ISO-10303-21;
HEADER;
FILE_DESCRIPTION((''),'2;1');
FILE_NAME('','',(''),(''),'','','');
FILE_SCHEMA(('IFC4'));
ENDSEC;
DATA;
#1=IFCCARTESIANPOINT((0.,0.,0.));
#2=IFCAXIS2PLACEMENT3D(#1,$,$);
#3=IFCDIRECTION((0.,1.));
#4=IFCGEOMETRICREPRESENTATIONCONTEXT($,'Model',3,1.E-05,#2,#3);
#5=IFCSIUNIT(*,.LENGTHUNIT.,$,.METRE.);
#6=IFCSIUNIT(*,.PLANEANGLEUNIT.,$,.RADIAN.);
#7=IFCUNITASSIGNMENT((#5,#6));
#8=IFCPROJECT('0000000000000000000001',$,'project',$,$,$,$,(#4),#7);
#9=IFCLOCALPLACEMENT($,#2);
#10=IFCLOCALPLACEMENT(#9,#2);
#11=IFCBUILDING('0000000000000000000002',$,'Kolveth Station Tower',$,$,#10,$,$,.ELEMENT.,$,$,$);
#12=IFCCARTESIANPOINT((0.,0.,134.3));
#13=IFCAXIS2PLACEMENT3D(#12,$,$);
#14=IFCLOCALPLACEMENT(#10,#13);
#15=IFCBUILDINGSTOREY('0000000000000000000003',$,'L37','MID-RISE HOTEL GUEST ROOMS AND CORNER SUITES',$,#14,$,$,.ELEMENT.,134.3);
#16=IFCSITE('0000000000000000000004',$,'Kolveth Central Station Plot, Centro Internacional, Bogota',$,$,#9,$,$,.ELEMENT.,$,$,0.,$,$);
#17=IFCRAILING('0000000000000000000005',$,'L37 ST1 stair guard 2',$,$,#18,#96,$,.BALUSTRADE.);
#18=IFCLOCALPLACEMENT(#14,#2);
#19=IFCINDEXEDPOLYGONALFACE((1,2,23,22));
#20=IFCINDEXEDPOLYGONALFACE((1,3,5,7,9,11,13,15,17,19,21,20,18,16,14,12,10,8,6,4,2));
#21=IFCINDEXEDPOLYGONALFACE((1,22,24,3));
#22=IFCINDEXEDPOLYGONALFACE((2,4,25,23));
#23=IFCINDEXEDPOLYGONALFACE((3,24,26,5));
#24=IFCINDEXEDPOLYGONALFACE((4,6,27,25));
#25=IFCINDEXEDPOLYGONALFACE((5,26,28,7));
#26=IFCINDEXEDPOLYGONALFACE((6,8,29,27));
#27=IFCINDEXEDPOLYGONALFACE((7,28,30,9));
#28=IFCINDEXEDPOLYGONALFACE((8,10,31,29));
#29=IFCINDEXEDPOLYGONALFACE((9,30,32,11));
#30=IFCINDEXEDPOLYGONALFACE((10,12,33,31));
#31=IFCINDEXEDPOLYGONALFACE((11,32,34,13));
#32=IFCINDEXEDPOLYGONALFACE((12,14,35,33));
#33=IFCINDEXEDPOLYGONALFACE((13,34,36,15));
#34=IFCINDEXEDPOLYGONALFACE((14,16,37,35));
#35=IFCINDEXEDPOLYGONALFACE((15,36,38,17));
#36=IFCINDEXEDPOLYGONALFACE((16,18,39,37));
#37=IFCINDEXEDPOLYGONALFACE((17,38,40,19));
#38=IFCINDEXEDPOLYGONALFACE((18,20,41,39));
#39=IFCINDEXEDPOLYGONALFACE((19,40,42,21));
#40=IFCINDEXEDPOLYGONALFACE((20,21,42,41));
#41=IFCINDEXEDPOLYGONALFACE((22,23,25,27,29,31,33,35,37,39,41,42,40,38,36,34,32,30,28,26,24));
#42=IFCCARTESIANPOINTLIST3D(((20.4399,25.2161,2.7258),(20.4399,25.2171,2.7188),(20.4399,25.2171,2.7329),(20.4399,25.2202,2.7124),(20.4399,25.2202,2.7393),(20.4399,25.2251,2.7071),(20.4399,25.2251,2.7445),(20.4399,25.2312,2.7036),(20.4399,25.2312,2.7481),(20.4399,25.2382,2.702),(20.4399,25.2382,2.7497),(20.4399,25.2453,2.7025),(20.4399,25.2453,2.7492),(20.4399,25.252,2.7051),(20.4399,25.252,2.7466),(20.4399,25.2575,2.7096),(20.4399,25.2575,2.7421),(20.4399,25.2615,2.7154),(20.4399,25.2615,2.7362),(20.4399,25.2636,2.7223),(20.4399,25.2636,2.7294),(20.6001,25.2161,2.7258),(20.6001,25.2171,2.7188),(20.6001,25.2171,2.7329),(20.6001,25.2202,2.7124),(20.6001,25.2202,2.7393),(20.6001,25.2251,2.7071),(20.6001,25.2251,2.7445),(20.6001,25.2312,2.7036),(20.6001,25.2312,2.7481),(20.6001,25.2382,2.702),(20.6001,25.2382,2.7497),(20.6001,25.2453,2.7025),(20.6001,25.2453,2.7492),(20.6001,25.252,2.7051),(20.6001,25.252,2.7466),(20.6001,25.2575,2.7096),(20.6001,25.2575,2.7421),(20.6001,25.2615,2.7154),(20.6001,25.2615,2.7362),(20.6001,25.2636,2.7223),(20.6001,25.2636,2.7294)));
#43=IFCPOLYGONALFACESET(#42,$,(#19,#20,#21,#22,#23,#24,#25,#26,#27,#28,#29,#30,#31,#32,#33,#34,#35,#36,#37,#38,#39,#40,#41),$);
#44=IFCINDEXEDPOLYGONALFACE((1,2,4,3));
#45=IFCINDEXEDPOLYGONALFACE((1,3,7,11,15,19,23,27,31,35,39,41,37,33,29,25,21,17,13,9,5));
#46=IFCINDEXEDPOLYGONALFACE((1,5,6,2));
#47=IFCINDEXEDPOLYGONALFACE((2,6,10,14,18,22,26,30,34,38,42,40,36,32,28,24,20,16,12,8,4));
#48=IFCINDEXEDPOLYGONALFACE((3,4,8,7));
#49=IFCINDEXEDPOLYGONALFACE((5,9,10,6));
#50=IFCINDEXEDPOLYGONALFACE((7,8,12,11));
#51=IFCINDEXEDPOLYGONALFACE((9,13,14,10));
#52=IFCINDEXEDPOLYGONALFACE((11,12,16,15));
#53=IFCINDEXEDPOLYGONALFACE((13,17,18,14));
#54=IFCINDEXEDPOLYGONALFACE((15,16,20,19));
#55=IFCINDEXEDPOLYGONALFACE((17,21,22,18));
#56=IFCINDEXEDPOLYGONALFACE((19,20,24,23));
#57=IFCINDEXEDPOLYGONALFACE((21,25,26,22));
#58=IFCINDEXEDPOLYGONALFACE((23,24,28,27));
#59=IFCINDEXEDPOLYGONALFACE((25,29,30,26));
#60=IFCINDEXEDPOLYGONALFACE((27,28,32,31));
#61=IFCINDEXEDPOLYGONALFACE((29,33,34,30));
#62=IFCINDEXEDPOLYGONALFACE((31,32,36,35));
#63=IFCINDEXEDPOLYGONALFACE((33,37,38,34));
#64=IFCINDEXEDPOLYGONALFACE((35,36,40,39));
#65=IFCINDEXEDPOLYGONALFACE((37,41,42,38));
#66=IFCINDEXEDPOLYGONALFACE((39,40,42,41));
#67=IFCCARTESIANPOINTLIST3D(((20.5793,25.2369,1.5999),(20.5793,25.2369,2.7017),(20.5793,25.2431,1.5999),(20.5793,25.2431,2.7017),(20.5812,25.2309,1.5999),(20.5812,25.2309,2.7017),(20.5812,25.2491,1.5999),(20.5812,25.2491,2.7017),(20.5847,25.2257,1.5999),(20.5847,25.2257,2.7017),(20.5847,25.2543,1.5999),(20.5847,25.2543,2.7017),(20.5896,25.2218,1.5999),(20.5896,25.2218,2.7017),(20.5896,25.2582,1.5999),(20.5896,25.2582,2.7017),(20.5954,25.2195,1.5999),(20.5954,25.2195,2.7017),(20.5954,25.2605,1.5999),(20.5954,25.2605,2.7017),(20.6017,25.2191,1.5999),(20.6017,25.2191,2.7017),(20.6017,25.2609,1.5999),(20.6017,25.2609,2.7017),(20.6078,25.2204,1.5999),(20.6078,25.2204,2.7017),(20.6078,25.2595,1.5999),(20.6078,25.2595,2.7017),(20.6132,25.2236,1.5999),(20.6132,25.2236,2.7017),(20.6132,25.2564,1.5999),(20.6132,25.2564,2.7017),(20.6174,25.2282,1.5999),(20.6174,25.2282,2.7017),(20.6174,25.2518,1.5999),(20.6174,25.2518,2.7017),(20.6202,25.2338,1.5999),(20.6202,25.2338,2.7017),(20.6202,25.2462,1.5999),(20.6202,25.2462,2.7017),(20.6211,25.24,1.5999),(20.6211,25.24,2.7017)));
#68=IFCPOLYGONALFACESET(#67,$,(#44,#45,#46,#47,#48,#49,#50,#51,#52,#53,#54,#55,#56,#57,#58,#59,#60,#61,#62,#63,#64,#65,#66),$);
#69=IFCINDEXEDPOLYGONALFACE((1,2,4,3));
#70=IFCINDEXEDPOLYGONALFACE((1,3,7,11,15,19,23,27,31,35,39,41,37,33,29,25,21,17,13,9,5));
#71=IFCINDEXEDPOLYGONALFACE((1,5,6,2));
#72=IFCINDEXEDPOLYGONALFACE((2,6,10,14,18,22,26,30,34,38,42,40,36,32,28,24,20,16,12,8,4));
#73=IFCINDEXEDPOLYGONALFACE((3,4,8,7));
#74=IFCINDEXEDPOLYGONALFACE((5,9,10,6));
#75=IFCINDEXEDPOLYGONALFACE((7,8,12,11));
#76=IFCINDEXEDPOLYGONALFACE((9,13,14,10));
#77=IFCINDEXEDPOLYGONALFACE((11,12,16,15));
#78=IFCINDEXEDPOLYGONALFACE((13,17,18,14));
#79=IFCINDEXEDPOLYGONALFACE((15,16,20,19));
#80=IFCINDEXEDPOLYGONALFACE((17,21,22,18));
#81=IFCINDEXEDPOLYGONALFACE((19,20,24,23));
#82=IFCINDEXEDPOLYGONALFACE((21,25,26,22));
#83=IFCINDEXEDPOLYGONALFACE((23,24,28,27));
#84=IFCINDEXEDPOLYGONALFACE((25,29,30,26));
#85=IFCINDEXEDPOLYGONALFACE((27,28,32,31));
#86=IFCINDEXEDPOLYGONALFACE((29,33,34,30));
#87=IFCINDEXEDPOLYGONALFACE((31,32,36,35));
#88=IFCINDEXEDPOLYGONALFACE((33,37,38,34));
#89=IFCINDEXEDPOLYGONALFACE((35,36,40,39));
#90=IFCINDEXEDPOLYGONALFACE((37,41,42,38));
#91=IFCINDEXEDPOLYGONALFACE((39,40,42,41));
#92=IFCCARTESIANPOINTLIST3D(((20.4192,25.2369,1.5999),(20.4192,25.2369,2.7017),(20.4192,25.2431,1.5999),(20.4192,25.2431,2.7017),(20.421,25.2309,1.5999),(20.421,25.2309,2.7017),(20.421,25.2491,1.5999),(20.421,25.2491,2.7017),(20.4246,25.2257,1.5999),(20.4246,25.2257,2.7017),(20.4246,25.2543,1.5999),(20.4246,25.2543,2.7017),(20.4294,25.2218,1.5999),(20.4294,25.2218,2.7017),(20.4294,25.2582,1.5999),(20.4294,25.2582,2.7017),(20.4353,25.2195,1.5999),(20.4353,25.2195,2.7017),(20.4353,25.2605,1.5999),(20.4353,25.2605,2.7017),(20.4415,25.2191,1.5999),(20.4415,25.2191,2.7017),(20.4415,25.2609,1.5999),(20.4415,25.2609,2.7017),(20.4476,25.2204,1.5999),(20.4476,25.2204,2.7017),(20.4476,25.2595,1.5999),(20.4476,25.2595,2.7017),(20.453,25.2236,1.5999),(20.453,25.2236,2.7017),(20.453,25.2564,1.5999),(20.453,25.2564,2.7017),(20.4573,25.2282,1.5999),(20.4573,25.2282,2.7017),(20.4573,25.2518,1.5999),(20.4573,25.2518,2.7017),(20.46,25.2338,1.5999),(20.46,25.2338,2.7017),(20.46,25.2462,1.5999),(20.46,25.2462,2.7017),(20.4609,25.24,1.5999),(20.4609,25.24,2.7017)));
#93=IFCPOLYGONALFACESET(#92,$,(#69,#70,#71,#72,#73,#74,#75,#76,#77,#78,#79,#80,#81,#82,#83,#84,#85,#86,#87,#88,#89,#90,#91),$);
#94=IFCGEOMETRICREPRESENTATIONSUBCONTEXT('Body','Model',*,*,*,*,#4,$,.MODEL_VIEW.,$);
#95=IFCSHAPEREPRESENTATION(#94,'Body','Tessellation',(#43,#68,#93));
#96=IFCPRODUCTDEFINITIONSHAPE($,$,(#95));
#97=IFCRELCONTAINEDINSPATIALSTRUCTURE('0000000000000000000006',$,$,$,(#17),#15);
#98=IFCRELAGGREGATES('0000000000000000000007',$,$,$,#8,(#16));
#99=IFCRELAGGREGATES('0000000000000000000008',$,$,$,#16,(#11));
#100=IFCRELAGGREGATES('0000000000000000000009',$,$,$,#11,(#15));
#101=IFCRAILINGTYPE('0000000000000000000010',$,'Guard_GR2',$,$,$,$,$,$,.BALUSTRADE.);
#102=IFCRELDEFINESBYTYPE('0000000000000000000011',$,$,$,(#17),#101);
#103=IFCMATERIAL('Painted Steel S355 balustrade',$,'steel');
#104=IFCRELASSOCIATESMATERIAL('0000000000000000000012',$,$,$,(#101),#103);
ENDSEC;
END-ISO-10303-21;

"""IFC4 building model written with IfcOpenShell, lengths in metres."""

from ifc_helpers import new_model, si_unit, direction, frame, origin, origin_2d, place, context, subcontext, project, spatial, circle, extrude, material, type_object, element, save


model = new_model("IFC4")

# Units and contexts
model_context = context("Model", 3, precision=1e-05, world=origin(), true_north=direction((0.0, 1.0)))
body_context = subcontext(model_context, "Body", "Model", "MODEL_VIEW")
ifc_project = project(units=[si_unit("LENGTHUNIT", "METRE"), si_unit("PLANEANGLEUNIT", "RADIAN")], contexts=[model_context])

# Site, building, storey
site_placement = place(None, origin())
site = spatial("IfcSite", under=ifc_project, at=site_placement, Name="Kolveth Central Station Plot, Centro Internacional, Bogota", CompositionType="ELEMENT", RefElevation=0.0)
building_placement = place(site_placement, origin())
building = spatial("IfcBuilding", under=site, at=building_placement, Name="Kolveth Station Tower", CompositionType="ELEMENT")
storey_placement = place(building_placement, frame((0.0, 0.0, 134.3)))
storey = spatial("IfcBuildingStorey", under=building, at=storey_placement, Name="L37", Description="MID-RISE HOTEL GUEST ROOMS AND CORNER SUITES", CompositionType="ELEMENT", Elevation=134.3)

# Railing
ifc_material_1 = material(Name="Painted Steel S355 balustrade", Category="steel")
railing_type_1 = type_object("IfcRailingType", Name="Guard_GR2", PredefinedType="BALUSTRADE", material=ifc_material_1)
railing_1_placement = place(storey_placement, frame((20.6001, 25.24, 1.5999)))
element("IfcRailing", 1, at=railing_1_placement, inside=storey, type_object=railing_type_1, Name="L37 ST1 stair guard 2", PredefinedType="BALUSTRADE", context=body_context, shape_type="SweptSolid", body=[
    extrude(circle(Radius=0.0239, at=origin_2d()), frame((0.0, 0.0, 1.126), z_axis=(-1.0, 0.0, 0.0), x_axis=(0.0, -1.0, 0.0)), (0.0, 0.0, 1.0), 0.1602),
    extrude(circle(Radius=0.021, at=origin_2d()), origin(), (0.0, 0.0, 1.0), 1.1018),
    extrude(circle(Radius=0.021, at=origin_2d()), frame((-0.1602, 0.0, 0.0)), (0.0, 0.0, 1.0), 1.1018),
])

save(model, "model.ifc")
